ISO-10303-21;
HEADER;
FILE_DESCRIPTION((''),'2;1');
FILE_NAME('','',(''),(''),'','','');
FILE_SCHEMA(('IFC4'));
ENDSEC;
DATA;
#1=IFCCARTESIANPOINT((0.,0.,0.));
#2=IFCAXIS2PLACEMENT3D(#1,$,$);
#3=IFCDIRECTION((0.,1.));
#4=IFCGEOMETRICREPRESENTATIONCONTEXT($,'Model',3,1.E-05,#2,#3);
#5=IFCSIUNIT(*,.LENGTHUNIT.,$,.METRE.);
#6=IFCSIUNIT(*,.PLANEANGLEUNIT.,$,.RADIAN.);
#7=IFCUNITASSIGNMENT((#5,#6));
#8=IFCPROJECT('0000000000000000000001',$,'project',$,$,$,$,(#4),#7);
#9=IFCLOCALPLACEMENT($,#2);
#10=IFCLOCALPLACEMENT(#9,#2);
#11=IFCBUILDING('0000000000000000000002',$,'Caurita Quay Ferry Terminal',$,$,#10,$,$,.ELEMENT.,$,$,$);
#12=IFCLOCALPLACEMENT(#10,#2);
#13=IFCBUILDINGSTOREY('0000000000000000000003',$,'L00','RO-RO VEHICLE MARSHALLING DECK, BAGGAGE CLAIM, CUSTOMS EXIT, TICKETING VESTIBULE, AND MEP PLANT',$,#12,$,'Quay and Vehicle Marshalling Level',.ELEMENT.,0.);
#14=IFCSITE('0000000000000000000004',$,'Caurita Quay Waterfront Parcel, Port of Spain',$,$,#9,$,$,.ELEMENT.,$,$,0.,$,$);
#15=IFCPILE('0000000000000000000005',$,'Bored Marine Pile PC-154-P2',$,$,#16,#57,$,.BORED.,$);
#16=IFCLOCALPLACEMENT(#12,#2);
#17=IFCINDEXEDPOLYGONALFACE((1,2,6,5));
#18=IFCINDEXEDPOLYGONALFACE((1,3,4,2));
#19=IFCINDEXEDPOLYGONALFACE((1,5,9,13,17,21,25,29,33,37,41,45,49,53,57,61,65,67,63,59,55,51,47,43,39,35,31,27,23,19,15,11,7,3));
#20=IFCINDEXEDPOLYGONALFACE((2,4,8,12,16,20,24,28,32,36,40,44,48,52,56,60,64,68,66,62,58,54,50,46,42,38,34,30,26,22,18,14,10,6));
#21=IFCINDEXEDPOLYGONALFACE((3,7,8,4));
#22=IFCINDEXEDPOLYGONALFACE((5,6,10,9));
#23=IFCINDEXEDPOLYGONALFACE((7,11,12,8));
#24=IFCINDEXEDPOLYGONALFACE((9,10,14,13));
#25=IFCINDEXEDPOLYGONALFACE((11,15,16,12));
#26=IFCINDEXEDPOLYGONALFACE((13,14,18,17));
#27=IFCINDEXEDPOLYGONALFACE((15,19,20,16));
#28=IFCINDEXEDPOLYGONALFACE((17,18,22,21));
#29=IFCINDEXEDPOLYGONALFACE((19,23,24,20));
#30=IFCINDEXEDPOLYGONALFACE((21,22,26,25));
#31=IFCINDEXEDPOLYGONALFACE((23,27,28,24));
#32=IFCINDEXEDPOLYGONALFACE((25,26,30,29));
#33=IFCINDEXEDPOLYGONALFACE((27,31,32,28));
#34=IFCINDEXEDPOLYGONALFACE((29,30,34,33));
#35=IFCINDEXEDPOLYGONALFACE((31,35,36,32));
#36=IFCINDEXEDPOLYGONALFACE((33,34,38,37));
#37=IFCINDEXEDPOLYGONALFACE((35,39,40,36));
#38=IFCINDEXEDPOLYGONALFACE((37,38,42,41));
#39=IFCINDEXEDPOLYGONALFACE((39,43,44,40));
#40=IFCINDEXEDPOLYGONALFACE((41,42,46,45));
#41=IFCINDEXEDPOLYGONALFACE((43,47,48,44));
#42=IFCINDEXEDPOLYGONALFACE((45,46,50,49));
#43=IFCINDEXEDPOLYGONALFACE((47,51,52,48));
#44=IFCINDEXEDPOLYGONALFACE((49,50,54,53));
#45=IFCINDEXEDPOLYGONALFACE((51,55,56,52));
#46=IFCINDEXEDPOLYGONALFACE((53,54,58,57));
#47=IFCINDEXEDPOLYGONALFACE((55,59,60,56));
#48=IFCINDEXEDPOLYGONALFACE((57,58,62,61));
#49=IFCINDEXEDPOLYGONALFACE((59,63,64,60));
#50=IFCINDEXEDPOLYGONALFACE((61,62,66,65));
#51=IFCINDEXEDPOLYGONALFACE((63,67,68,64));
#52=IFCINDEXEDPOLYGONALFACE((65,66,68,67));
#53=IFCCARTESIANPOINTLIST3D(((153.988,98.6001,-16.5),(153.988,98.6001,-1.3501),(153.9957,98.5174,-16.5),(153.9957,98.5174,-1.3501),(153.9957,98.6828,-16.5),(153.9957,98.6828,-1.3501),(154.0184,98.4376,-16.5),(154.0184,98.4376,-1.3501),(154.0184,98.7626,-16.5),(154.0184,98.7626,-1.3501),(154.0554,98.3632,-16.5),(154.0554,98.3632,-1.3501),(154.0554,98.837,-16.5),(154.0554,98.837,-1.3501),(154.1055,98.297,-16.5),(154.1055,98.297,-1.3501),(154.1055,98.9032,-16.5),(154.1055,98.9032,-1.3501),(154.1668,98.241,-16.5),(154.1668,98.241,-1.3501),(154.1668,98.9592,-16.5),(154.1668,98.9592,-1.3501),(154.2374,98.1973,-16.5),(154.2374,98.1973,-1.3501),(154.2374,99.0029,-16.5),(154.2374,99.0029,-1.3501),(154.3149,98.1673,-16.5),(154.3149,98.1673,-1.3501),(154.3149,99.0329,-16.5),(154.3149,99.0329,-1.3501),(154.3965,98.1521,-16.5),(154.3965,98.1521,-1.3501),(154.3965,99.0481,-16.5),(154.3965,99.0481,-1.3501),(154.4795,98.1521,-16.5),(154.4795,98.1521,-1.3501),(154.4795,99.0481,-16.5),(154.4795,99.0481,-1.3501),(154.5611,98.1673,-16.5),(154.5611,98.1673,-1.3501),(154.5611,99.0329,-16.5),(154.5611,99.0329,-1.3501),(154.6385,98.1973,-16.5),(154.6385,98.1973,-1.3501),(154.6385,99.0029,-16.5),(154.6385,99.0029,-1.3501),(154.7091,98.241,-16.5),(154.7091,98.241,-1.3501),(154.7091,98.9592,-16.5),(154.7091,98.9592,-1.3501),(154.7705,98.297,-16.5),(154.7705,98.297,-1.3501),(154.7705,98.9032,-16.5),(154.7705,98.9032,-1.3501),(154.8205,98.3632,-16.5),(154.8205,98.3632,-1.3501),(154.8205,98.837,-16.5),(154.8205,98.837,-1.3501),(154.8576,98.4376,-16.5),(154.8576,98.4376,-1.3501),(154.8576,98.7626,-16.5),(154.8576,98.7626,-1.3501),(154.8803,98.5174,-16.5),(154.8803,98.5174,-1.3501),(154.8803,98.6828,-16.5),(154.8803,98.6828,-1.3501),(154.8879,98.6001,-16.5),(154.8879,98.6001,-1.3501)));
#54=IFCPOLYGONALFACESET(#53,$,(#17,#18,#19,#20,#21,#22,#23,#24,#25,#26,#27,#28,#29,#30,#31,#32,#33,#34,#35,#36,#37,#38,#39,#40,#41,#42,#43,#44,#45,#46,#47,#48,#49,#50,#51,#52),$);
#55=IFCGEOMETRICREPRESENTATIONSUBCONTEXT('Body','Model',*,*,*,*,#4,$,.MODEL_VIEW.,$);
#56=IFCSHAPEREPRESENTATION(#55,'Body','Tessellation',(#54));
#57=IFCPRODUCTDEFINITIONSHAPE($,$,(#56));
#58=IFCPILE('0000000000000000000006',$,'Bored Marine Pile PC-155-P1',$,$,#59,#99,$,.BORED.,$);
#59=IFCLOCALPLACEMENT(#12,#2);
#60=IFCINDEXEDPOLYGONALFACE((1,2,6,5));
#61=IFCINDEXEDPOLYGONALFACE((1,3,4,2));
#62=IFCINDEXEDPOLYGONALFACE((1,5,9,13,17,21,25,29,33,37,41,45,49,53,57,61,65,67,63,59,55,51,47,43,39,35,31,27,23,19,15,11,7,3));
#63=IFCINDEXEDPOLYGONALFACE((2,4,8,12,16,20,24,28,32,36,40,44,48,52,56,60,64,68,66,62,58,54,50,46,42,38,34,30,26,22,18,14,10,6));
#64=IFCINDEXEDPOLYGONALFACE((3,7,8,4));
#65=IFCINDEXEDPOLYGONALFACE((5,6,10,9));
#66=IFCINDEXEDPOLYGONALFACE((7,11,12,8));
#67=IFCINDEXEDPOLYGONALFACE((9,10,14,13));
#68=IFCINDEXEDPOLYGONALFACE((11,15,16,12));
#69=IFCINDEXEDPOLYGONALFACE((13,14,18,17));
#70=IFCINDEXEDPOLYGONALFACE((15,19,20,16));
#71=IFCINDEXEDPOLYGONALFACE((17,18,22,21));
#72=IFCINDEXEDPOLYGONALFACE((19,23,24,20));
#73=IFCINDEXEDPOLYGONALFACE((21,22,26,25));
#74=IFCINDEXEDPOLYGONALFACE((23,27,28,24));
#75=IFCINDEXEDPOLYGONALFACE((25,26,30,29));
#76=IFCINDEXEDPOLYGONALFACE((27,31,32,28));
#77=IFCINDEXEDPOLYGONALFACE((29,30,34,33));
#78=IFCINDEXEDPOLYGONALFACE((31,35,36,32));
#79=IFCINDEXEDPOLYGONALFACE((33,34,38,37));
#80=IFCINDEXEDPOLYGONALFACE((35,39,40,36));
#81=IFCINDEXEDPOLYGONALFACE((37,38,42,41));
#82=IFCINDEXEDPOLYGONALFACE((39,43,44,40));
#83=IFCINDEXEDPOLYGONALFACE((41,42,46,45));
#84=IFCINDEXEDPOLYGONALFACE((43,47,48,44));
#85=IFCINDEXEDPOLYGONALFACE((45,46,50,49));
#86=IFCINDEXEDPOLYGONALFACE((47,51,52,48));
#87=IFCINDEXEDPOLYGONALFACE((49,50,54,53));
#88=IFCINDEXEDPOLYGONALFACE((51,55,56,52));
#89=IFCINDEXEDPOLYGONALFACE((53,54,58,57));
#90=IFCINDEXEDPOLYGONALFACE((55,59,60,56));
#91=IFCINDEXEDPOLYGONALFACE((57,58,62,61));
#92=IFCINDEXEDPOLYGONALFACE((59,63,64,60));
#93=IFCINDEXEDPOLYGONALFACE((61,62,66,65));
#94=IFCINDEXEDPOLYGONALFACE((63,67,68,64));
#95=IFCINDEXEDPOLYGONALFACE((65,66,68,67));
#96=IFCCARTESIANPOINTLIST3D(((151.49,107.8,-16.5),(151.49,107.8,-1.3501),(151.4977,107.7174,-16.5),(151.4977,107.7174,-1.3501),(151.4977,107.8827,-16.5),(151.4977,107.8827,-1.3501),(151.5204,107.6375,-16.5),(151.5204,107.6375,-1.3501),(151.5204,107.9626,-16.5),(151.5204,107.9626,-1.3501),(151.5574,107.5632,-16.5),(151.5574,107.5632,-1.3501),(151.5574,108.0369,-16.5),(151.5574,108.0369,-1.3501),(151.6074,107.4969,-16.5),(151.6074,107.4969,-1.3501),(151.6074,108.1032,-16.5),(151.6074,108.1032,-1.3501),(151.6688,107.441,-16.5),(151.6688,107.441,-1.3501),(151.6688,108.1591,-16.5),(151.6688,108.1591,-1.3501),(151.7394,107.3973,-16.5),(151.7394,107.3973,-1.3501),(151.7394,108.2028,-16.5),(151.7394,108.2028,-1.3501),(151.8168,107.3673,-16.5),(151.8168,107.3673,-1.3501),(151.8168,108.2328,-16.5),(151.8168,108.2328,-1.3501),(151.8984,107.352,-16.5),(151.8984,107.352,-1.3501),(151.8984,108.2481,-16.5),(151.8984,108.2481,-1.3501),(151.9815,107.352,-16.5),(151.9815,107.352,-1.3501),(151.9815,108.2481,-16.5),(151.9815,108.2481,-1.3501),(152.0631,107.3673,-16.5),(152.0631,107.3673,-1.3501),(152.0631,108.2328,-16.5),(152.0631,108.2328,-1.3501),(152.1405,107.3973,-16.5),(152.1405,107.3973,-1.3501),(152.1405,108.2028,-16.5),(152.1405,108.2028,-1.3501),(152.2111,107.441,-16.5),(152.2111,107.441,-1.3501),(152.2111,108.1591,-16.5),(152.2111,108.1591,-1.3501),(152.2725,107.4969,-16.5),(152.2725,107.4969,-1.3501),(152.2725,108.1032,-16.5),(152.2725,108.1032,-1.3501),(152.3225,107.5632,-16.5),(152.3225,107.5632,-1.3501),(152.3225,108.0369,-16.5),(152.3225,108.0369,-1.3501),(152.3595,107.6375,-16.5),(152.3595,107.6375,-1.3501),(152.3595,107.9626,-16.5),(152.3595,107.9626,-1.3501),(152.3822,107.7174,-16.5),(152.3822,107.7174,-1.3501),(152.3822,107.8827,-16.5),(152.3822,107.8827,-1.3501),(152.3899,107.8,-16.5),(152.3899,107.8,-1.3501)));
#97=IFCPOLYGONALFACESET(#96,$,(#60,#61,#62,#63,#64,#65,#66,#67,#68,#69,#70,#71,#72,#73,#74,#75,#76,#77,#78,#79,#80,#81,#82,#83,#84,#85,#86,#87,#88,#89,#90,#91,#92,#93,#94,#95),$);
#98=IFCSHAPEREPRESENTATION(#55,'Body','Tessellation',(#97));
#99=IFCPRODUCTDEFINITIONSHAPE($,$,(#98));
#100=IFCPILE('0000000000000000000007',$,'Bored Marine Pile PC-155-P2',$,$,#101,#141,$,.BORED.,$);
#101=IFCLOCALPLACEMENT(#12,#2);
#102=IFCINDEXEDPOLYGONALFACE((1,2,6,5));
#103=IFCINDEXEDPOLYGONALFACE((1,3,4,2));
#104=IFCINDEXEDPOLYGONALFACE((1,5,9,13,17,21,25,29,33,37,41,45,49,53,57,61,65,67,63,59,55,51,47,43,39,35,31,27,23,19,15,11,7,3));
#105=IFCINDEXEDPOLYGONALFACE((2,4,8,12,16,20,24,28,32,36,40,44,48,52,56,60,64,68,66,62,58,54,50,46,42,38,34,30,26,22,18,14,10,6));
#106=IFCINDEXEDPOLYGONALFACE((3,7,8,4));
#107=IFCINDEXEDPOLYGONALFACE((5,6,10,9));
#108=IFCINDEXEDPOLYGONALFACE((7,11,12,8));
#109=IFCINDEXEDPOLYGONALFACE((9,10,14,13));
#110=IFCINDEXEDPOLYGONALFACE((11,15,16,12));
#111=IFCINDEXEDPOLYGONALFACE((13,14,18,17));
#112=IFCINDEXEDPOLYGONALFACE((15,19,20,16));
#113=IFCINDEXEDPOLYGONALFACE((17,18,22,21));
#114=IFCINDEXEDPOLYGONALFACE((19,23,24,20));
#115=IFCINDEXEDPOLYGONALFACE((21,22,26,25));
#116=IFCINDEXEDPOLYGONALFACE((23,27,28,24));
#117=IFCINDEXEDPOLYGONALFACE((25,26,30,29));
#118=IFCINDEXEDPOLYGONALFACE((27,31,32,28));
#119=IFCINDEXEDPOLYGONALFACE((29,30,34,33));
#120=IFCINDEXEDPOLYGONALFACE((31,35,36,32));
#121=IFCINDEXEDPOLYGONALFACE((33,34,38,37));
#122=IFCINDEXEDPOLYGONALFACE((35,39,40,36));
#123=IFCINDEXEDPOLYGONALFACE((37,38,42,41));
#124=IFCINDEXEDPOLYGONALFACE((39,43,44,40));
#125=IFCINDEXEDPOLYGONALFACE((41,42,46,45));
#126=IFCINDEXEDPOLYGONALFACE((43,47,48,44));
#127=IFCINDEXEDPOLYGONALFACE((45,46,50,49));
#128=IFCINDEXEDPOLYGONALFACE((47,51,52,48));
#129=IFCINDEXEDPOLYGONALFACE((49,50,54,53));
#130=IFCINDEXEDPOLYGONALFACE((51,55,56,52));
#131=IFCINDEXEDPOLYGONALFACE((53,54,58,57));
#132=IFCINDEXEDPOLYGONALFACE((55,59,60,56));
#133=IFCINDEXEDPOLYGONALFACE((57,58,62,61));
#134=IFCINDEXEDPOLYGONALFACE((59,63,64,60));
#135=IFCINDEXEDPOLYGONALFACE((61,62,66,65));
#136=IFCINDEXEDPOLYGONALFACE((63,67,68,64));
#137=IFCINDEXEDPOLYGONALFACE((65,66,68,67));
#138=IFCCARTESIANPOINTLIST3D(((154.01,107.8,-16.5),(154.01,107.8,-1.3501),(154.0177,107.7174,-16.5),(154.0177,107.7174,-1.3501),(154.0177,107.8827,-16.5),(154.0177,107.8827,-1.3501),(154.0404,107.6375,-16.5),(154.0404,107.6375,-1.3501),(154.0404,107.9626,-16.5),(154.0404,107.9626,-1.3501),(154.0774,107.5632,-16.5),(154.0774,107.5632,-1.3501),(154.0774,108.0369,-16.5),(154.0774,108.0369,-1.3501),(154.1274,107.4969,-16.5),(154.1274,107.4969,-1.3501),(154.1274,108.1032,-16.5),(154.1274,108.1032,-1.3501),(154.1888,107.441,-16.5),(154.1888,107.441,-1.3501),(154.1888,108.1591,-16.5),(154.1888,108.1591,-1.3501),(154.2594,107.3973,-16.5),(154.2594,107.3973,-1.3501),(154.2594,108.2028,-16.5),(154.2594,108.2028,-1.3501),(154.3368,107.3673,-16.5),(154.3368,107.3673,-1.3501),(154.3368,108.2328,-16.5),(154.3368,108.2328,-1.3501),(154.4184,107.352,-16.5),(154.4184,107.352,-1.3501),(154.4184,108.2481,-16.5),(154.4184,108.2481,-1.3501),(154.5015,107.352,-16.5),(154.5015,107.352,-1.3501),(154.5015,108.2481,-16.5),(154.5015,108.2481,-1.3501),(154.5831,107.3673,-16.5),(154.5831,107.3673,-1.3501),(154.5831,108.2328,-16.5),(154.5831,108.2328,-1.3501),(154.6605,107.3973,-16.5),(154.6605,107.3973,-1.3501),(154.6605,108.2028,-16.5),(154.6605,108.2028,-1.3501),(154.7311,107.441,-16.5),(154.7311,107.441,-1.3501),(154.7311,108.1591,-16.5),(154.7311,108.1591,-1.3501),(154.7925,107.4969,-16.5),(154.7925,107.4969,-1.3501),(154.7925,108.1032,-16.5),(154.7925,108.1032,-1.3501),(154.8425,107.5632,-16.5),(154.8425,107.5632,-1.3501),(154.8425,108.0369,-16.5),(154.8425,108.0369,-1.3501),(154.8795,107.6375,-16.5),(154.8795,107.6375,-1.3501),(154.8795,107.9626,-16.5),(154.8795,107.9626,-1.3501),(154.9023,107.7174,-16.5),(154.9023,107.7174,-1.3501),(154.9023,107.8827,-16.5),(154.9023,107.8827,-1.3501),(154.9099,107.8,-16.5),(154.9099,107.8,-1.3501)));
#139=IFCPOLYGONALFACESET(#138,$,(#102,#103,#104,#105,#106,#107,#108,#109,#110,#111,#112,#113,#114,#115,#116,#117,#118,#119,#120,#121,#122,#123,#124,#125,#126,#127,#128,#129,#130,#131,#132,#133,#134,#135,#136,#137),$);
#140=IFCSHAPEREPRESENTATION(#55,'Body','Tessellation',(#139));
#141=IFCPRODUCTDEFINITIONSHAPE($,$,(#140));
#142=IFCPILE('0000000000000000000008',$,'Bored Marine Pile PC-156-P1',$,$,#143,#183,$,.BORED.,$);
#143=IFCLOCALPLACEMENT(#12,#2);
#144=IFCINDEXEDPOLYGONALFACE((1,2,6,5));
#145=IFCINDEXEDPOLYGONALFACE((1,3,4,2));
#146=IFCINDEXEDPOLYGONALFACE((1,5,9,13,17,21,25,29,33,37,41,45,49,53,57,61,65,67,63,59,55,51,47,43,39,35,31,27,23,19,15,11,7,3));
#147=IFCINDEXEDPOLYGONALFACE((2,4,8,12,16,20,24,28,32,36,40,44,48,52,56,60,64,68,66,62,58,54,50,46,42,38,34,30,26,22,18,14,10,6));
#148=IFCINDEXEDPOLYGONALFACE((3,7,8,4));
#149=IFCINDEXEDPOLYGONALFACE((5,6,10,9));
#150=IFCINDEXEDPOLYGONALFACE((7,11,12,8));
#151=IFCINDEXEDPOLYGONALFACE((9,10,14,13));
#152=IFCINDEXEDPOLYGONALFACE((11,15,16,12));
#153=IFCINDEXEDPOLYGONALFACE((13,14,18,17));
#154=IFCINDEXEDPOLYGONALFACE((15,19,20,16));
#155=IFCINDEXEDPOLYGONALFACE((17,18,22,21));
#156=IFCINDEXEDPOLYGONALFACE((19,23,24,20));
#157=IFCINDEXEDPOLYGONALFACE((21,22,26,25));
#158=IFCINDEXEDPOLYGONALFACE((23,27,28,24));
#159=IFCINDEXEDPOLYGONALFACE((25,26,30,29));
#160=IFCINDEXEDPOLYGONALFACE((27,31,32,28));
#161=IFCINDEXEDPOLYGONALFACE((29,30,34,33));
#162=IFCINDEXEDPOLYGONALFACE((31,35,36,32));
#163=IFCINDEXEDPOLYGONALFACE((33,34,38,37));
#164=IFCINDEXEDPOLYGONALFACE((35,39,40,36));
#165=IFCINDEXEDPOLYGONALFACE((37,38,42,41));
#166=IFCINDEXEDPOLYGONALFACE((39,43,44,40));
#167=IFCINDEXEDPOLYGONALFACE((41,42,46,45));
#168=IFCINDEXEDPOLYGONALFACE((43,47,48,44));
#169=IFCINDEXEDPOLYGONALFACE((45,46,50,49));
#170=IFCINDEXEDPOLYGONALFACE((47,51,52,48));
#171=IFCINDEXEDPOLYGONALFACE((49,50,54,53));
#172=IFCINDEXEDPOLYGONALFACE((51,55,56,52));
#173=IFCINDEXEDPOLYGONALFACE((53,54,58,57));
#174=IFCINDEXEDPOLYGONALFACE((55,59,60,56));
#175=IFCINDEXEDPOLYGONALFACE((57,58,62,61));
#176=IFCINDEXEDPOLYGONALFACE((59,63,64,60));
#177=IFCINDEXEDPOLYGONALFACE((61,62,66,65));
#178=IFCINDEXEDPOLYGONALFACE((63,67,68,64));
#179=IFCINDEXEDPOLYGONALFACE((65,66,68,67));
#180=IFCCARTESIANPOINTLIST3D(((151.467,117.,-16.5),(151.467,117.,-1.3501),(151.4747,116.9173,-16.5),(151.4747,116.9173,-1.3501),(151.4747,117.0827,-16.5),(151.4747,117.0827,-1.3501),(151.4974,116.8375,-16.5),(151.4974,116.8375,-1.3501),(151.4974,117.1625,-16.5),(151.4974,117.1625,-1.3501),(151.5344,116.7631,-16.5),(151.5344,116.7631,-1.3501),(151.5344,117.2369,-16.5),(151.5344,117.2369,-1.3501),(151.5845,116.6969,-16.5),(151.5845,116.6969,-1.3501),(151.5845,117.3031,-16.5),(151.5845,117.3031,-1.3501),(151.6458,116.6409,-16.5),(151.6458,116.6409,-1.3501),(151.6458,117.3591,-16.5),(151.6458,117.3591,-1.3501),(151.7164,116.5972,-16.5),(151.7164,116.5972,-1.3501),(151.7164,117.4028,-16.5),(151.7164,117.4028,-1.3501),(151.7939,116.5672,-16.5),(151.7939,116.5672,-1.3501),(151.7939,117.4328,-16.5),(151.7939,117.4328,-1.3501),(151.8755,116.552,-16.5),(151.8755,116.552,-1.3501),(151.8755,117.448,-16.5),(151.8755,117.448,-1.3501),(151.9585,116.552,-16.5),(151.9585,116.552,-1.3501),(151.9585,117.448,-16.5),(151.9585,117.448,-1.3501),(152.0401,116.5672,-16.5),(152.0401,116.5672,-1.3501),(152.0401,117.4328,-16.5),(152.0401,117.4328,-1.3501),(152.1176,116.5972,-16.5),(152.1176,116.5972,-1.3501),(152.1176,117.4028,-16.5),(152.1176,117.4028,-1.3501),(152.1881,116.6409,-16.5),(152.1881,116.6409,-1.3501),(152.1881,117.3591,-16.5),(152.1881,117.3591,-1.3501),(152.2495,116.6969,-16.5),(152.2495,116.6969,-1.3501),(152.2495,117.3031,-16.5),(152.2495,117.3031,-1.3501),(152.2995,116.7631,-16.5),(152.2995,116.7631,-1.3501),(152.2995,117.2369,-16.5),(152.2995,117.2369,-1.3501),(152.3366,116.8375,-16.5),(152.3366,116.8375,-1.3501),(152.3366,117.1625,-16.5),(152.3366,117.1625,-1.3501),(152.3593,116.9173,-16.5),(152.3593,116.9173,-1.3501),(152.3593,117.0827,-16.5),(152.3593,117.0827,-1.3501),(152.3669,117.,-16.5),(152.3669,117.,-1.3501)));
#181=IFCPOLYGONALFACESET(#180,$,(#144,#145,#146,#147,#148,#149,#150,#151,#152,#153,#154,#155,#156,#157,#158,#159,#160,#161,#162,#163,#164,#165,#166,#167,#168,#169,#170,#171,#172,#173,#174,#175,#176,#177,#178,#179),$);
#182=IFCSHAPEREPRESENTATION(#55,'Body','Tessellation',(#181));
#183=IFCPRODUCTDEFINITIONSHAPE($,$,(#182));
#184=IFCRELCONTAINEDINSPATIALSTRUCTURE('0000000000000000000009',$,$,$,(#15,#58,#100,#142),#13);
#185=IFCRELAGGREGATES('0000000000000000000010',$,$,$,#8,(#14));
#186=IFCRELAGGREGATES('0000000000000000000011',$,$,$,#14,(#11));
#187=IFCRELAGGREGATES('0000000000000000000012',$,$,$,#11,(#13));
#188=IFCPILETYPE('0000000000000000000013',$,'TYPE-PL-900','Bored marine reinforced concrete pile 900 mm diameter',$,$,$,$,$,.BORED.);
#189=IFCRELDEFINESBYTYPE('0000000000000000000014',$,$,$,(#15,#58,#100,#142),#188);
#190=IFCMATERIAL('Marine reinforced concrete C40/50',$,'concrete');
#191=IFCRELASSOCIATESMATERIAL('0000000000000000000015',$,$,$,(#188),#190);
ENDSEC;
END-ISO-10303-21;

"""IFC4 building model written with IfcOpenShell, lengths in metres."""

from ifc_helpers import new_model, si_unit, direction, frame, origin, origin_2d, place, context, subcontext, project, spatial, circle, extrude, material, material_profile, profile_set, type_object, element, save


model = new_model("IFC4")

# Units and contexts
model_context = context("Model", 3, precision=1e-05, world=origin(), true_north=direction((0.0, 1.0)))
body_context = subcontext(model_context, "Body", "Model", "MODEL_VIEW")
ifc_project = project(units=[si_unit("LENGTHUNIT", "METRE"), si_unit("PLANEANGLEUNIT", "RADIAN")], contexts=[model_context])

# Site, building, storey
site_placement = place(None, origin())
site = spatial("IfcSite", under=ifc_project, at=site_placement, Name="Caurita Quay Waterfront Parcel, Port of Spain", CompositionType="ELEMENT", RefElevation=0.0)
building_placement = place(site_placement, origin())
building = spatial("IfcBuilding", under=site, at=building_placement, Name="Caurita Quay Ferry Terminal", CompositionType="ELEMENT")
storey_placement = place(building_placement, origin())
storey = spatial("IfcBuildingStorey", under=building, at=storey_placement, Name="L00", Description="RO-RO VEHICLE MARSHALLING DECK, BAGGAGE CLAIM, CUSTOMS EXIT, TICKETING VESTIBULE, AND MEP PLANT", LongName="Quay and Vehicle Marshalling Level", CompositionType="ELEMENT", Elevation=0.0)

# Piles
ifc_material_1 = material(Name="Marine reinforced concrete C40/50", Category="concrete")
ifc_material_profile_1 = material_profile(ifc_material_1, circle(Radius=0.45, at=origin_2d()), Name="PILE-D900")
ifc_profile_set_1 = profile_set([ifc_material_profile_1], Name="Marine reinforced concrete C40/50")
pile_type = type_object("IfcPileType", Name="TYPE-PL-900", Description="Bored marine reinforced concrete pile 900 mm diameter", PredefinedType="BORED", material=ifc_profile_set_1)
for number, where, z_axis, x_axis, name in (
    (1, (154.438, 98.6001, -1.3501), (0.0, 0.0, -1.0), (1.0, 0.0, 0.0), "Bored Marine Pile PC-154-P2"),
    (2, (151.9399, 107.8, -1.3501), (0.0, 0.0, -1.0), (1.0, 0.0, 0.0), "Bored Marine Pile PC-155-P1"),
    (3, (154.46, 107.8, -1.3501), (0.0, 0.0, -1.0), (1.0, 0.0, 0.0), "Bored Marine Pile PC-155-P2"),
    (4, (151.917, 117.0, -1.3501), (0.0, 0.0, -1.0), (1.0, 0.0, 0.0), "Bored Marine Pile PC-156-P1"),
):
    element("IfcPile", number, at=place(storey_placement, frame(where, z_axis=z_axis, x_axis=x_axis)), inside=storey, type_object=pile_type, Name=name, PredefinedType="BORED", context=body_context, shape_type="SweptSolid", body=[
        extrude(circle(Radius=0.45, at=origin_2d()), origin(), (0.0, 0.0, 1.0), 15.1499),
    ])

save(model, "model.ifc")
